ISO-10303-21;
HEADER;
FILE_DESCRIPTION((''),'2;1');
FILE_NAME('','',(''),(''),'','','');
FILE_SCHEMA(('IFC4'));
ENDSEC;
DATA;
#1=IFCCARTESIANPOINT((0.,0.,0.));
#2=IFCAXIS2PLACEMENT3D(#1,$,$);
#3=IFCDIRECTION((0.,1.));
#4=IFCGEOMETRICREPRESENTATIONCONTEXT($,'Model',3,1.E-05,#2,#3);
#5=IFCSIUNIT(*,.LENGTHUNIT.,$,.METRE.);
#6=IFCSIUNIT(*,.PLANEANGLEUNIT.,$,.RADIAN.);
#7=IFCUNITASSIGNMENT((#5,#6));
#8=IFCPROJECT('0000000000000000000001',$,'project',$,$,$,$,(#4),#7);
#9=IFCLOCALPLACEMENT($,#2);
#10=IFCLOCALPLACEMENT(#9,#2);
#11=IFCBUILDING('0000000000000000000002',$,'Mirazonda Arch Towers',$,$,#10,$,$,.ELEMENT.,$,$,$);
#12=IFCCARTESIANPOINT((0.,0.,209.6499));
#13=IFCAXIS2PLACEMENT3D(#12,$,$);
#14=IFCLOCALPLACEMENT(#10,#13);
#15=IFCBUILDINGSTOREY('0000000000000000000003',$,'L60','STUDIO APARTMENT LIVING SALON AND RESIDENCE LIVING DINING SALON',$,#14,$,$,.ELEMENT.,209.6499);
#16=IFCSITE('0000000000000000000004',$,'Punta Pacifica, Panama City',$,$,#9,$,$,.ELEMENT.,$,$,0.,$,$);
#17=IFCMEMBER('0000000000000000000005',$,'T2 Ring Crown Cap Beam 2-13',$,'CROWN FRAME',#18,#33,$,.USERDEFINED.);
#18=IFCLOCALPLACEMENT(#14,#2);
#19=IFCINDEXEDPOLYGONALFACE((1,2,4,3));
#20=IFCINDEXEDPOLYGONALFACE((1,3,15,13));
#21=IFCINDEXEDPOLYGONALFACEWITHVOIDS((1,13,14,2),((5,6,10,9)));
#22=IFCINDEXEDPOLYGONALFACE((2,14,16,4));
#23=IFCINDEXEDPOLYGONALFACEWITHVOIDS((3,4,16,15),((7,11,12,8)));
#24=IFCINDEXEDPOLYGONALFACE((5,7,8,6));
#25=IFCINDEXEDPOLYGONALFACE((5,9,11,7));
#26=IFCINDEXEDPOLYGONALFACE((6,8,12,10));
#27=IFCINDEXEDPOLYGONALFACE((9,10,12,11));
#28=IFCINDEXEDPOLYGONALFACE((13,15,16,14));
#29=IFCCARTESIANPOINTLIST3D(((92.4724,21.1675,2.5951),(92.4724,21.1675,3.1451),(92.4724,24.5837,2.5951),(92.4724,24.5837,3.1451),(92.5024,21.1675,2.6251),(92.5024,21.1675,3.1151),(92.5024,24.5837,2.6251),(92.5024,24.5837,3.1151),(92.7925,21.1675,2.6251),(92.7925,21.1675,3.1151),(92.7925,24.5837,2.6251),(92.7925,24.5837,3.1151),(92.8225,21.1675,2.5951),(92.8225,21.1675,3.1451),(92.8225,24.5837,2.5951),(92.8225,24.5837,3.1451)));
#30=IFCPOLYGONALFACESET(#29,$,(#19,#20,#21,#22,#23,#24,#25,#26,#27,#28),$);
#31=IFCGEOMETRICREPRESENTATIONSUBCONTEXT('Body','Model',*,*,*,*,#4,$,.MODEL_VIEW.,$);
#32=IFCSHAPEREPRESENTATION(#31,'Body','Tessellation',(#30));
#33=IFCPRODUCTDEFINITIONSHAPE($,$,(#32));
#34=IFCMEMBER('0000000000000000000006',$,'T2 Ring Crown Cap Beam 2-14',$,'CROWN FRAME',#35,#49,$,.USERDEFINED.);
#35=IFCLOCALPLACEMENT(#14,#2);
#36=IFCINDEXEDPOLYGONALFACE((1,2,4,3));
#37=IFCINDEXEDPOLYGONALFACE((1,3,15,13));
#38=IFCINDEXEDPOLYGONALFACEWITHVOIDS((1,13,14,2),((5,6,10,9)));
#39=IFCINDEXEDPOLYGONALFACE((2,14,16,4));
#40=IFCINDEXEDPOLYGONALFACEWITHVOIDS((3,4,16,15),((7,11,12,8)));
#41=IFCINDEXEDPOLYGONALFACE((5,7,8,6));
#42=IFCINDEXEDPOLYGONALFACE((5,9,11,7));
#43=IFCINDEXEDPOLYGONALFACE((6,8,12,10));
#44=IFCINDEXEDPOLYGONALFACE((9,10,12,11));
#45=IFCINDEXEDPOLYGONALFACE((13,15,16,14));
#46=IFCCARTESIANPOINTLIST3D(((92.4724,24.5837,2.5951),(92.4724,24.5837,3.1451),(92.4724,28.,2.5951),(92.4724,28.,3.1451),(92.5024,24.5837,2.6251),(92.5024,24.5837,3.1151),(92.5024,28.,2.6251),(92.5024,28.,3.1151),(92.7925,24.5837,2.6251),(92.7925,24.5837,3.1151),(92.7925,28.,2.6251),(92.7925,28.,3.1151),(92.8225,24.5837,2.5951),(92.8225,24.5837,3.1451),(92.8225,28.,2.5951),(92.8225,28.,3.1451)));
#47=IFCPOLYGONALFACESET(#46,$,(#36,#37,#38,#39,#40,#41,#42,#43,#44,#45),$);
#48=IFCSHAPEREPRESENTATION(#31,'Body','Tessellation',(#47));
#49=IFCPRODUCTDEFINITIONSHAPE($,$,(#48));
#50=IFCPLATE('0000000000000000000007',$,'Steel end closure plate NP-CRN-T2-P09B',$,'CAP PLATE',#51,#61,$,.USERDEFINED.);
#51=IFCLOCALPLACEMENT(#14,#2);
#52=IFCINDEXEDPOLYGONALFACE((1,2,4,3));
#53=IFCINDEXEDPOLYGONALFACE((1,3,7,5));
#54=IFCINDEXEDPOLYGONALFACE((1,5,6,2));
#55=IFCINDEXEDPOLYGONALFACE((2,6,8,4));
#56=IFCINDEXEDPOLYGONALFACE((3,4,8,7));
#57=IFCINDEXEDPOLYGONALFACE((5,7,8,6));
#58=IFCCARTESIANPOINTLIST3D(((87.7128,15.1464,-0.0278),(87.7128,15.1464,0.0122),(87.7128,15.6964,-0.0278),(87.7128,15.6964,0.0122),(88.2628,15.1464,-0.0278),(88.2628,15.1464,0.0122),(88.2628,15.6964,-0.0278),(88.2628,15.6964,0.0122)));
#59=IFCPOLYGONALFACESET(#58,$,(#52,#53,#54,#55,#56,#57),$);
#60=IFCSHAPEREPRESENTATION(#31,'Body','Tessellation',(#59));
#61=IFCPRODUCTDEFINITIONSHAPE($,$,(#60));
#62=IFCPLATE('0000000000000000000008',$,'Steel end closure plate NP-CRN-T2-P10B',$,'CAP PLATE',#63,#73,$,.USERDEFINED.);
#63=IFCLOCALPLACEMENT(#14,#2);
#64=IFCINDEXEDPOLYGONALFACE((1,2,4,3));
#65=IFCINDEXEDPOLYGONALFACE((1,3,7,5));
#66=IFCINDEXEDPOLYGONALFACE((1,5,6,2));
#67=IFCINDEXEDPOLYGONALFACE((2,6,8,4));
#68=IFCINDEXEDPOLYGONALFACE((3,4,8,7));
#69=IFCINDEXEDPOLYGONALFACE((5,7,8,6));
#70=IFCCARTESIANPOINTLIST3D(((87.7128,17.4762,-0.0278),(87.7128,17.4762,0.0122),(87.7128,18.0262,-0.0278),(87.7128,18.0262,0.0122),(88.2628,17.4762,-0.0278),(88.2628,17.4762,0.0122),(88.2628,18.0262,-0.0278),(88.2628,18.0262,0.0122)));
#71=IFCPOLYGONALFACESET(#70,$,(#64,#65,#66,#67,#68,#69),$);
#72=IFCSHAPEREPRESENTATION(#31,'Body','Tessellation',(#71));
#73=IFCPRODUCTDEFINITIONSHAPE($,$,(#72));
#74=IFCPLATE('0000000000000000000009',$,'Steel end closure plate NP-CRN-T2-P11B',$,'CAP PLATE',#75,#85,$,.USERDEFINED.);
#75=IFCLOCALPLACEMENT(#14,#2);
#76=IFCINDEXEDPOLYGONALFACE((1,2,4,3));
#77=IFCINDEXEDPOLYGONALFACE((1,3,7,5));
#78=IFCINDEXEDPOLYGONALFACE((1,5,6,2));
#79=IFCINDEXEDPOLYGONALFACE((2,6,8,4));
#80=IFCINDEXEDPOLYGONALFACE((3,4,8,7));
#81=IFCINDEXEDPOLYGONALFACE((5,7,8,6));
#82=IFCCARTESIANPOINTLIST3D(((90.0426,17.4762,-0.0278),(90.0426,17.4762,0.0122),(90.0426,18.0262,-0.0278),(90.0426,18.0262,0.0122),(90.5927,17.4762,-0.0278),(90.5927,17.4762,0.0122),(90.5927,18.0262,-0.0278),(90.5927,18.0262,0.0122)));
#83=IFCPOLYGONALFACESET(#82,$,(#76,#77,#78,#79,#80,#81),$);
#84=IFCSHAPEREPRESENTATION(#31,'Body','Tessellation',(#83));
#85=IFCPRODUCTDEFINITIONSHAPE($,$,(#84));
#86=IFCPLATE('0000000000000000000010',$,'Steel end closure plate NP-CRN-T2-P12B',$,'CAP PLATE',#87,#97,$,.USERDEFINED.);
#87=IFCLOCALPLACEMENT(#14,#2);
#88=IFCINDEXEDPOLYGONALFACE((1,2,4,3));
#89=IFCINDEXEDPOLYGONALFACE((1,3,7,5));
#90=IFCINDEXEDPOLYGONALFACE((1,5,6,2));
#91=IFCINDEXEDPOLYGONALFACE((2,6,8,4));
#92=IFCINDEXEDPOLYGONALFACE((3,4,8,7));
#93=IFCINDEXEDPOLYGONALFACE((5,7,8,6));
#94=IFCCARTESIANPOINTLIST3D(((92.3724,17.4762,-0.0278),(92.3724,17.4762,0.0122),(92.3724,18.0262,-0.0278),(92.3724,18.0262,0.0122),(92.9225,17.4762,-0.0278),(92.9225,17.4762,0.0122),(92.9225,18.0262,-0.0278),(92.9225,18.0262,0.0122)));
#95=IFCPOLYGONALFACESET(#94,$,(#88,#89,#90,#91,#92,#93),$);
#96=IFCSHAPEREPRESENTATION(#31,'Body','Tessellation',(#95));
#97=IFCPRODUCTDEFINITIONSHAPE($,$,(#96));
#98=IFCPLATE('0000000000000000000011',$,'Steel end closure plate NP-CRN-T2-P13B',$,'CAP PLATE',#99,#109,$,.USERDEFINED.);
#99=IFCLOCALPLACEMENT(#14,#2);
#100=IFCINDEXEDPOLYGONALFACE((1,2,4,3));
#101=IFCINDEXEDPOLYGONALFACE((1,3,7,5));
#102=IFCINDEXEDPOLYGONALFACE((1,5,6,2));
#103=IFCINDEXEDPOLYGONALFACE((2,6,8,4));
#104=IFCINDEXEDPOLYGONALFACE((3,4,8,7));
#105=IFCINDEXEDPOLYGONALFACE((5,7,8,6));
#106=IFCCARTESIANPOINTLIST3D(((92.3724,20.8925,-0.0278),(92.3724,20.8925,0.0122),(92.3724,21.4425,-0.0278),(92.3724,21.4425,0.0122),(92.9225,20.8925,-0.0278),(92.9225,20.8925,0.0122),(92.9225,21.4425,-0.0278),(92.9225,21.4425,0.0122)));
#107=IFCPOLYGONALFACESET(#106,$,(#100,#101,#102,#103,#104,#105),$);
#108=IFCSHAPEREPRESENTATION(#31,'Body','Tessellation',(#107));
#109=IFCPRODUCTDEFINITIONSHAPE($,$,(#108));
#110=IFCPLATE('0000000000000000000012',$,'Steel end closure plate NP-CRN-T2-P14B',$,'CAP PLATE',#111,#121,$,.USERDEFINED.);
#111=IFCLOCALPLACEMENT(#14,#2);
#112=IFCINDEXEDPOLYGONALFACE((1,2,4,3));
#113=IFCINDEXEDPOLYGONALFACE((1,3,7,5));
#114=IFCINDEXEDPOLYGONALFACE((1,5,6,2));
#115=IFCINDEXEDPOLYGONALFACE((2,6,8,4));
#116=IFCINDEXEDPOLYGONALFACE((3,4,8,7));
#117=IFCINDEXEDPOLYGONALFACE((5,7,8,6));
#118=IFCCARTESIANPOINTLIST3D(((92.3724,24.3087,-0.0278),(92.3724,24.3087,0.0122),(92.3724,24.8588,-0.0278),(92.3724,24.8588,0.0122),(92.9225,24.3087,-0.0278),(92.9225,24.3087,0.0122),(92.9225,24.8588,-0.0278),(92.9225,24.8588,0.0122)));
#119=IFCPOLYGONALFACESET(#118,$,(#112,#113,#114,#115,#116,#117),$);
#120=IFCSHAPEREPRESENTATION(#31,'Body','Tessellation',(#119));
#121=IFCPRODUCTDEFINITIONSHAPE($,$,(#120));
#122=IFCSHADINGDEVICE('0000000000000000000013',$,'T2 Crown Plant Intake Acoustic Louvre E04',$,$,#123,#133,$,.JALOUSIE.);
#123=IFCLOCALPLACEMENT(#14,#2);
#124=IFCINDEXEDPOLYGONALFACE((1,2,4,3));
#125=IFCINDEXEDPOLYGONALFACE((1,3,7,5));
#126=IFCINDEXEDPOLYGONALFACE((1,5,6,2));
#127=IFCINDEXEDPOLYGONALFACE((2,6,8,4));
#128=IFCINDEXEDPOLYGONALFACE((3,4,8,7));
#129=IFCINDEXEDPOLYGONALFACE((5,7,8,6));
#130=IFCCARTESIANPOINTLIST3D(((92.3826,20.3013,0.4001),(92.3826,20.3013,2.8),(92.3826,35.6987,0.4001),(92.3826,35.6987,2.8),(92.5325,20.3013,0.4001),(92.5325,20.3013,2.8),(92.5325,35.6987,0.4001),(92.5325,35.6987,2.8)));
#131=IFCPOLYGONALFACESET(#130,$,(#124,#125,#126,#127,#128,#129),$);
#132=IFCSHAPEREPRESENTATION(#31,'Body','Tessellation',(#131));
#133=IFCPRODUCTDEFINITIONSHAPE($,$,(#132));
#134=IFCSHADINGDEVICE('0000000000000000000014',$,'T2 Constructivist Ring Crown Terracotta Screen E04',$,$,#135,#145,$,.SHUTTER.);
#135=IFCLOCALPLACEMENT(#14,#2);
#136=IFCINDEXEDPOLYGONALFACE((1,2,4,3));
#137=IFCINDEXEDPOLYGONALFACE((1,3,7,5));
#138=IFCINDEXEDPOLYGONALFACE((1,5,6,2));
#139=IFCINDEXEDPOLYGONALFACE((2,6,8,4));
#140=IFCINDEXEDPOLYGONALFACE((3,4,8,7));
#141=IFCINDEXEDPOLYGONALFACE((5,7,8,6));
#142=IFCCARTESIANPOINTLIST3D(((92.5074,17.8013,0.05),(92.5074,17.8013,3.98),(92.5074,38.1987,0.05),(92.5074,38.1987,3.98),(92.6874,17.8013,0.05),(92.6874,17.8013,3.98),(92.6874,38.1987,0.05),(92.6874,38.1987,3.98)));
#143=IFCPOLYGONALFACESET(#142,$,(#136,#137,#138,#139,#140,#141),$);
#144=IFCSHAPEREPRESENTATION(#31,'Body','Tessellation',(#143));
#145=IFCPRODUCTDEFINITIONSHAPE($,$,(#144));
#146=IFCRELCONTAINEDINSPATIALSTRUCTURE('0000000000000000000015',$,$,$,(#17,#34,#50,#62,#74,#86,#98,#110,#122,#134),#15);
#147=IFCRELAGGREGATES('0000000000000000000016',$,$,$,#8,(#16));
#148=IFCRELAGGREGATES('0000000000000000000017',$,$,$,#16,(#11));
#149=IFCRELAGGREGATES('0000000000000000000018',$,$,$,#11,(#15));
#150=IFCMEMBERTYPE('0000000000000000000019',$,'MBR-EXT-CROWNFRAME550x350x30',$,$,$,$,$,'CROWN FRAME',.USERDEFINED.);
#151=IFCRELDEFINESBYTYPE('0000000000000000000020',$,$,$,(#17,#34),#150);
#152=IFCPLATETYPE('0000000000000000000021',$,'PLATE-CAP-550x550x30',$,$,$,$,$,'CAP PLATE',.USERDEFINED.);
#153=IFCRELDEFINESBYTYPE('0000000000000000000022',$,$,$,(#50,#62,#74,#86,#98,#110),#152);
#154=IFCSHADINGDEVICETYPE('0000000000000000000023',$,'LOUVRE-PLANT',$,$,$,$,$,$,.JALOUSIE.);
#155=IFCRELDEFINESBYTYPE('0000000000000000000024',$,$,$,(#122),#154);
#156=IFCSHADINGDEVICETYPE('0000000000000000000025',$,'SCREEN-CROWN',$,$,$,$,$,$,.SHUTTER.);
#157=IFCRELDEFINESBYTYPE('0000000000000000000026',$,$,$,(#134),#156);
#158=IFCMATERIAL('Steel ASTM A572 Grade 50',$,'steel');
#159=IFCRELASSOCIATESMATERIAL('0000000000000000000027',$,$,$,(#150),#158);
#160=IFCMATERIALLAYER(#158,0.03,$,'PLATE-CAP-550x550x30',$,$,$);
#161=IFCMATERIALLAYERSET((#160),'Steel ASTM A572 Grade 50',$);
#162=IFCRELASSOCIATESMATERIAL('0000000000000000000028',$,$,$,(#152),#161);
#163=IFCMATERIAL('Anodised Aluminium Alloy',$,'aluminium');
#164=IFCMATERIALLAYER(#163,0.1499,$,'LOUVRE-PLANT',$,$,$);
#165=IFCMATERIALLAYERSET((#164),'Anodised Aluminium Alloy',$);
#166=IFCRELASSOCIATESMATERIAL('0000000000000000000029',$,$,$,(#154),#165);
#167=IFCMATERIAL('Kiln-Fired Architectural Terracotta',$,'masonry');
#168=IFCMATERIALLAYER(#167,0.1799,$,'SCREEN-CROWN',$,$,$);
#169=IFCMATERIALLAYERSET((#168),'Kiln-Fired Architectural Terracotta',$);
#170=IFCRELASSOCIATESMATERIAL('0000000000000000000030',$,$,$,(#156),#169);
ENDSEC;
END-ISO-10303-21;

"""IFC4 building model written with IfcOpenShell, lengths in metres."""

from ifc_helpers import new_model, si_unit, direction, frame, frame_2d, origin, origin_2d, place, context, subcontext, project, spatial, rectangle, hollow_rectangle, extrude, material, layer, layer_set, material_profile, profile_set, type_object, element, save


model = new_model("IFC4")

# Units and contexts
model_context = context("Model", 3, precision=1e-05, world=origin(), true_north=direction((0.0, 1.0)))
body_context = subcontext(model_context, "Body", "Model", "MODEL_VIEW")
ifc_project = project(units=[si_unit("LENGTHUNIT", "METRE"), si_unit("PLANEANGLEUNIT", "RADIAN")], contexts=[model_context])

# Site, building, storey
site_placement = place(None, origin())
site = spatial("IfcSite", under=ifc_project, at=site_placement, Name="Punta Pacifica, Panama City", CompositionType="ELEMENT", RefElevation=0.0)
building_placement = place(site_placement, origin())
building = spatial("IfcBuilding", under=site, at=building_placement, Name="Mirazonda Arch Towers", CompositionType="ELEMENT")
storey_placement = place(building_placement, frame((0.0, 0.0, 209.6499)))
storey = spatial("IfcBuildingStorey", under=building, at=storey_placement, Name="L60", Description="STUDIO APARTMENT LIVING SALON AND RESIDENCE LIVING DINING SALON", CompositionType="ELEMENT", Elevation=209.6499)

# Members
ifc_material_1 = material(Name="Steel ASTM A572 Grade 50", Category="steel")
ifc_material_profile_1 = material_profile(ifc_material_1, hollow_rectangle(XDim=0.3501, YDim=0.55, WallThickness=0.03, at=origin_2d()), Name="CROWNFRAME550x350x30")
ifc_profile_set_1 = profile_set([ifc_material_profile_1], Name="Steel ASTM A572 Grade 50")
member_type_1 = type_object("IfcMemberType", Name="MBR-EXT-CROWNFRAME550x350x30", ElementType="CROWN FRAME", PredefinedType="USERDEFINED", material=ifc_profile_set_1)
for number, where, z_axis, x_axis, name in (
    (1, (92.6475, 21.1675, 2.8701), (0.0, 1.0, 0.0), (-1.0, 0.0, 0.0), "T2 Ring Crown Cap Beam 2-13"),
    (2, (92.6475, 24.5837, 2.8701), (0.0, 1.0, 0.0), (-1.0, 0.0, 0.0), "T2 Ring Crown Cap Beam 2-14"),
):
    element("IfcMember", number, at=place(storey_placement, frame(where, z_axis=z_axis, x_axis=x_axis)), inside=storey, type_object=member_type_1, Name=name, ObjectType="CROWN FRAME", PredefinedType="USERDEFINED", context=body_context, shape_type="SweptSolid", body=[
        extrude(hollow_rectangle(XDim=0.3501, YDim=0.55, WallThickness=0.03, at=origin_2d()), origin(), (0.0, 0.0, 1.0), 3.4163),
    ])

# Plates
ifc_layer_1 = layer(ifc_material_1, 0.03, Name="PLATE-CAP-550x550x30")
ifc_layer_set_1 = layer_set([ifc_layer_1], Name="Steel ASTM A572 Grade 50")
plate_type = type_object("IfcPlateType", Name="PLATE-CAP-550x550x30", ElementType="CAP PLATE", PredefinedType="USERDEFINED", material=ifc_layer_set_1)
for number, where, z_axis, x_axis, name in (
    (3, (87.9878, 15.4214, -0.0278), (0.0, 0.0, 1.0), (1.0, 0.0, 0.0), "Steel end closure plate NP-CRN-T2-P09B"),
    (4, (87.9878, 17.7512, -0.0278), (0.0, 0.0, 1.0), (1.0, 0.0, 0.0), "Steel end closure plate NP-CRN-T2-P10B"),
    (5, (90.3176, 17.7512, -0.0278), (0.0, 0.0, 1.0), (1.0, 0.0, 0.0), "Steel end closure plate NP-CRN-T2-P11B"),
    (6, (92.6475, 17.7512, -0.0278), (0.0, 0.0, 1.0), (1.0, 0.0, 0.0), "Steel end closure plate NP-CRN-T2-P12B"),
    (7, (92.6475, 21.1675, -0.0278), (0.0, 0.0, 1.0), (1.0, 0.0, 0.0), "Steel end closure plate NP-CRN-T2-P13B"),
    (8, (92.6475, 24.5837, -0.0278), (0.0, 0.0, 1.0), (1.0, 0.0, 0.0), "Steel end closure plate NP-CRN-T2-P14B"),
):
    element("IfcPlate", number, at=place(storey_placement, frame(where, z_axis=z_axis, x_axis=x_axis)), inside=storey, type_object=plate_type, Name=name, ObjectType="CAP PLATE", PredefinedType="USERDEFINED", context=body_context, shape_type="SweptSolid", body=[
        extrude(rectangle(XDim=0.55, YDim=0.55, at=origin_2d()), origin(), (0.0, 0.0, 1.0), 0.04),
    ])

# Shading devices
ifc_material_2 = material(Name="Anodised Aluminium Alloy", Category="aluminium")
ifc_layer_2 = layer(ifc_material_2, 0.1499, Name="LOUVRE-PLANT")
ifc_layer_set_2 = layer_set([ifc_layer_2], Name="Anodised Aluminium Alloy")
shading_device_type_1 = type_object("IfcShadingDeviceType", Name="LOUVRE-PLANT", PredefinedType="JALOUSIE", material=ifc_layer_set_2)
shading_device_1_placement = place(storey_placement, frame((92.4575, 20.3013, 0.4001), z_axis=(0.0, 0.0, 1.0), x_axis=(0.0, 1.0, 0.0)))
element("IfcShadingDevice", 9, at=shading_device_1_placement, inside=storey, type_object=shading_device_type_1, Name="T2 Crown Plant Intake Acoustic Louvre E04", PredefinedType="JALOUSIE", context=body_context, shape_type="SweptSolid", body=[
    extrude(rectangle(XDim=15.3975, YDim=0.1499, at=frame_2d((7.6987, 0.0))), origin(), (0.0, 0.0, 1.0), 2.3999),
])
ifc_material_3 = material(Name="Kiln-Fired Architectural Terracotta", Category="masonry")
ifc_layer_3 = layer(ifc_material_3, 0.1799, Name="SCREEN-CROWN")
ifc_layer_set_3 = layer_set([ifc_layer_3], Name="Kiln-Fired Architectural Terracotta")
shading_device_type_2 = type_object("IfcShadingDeviceType", Name="SCREEN-CROWN", PredefinedType="SHUTTER", material=ifc_layer_set_3)
shading_device_2_placement = place(storey_placement, frame((92.5974, 17.8013, 0.05), z_axis=(0.0, 0.0, 1.0), x_axis=(0.0, 1.0, 0.0)))
element("IfcShadingDevice", 10, at=shading_device_2_placement, inside=storey, type_object=shading_device_type_2, Name="T2 Constructivist Ring Crown Terracotta Screen E04", PredefinedType="SHUTTER", context=body_context, shape_type="SweptSolid", body=[
    extrude(rectangle(XDim=20.3975, YDim=0.1799, at=frame_2d((10.1987, 0.0))), origin(), (0.0, 0.0, 1.0), 3.9299),
])

save(model, "model.ifc")
